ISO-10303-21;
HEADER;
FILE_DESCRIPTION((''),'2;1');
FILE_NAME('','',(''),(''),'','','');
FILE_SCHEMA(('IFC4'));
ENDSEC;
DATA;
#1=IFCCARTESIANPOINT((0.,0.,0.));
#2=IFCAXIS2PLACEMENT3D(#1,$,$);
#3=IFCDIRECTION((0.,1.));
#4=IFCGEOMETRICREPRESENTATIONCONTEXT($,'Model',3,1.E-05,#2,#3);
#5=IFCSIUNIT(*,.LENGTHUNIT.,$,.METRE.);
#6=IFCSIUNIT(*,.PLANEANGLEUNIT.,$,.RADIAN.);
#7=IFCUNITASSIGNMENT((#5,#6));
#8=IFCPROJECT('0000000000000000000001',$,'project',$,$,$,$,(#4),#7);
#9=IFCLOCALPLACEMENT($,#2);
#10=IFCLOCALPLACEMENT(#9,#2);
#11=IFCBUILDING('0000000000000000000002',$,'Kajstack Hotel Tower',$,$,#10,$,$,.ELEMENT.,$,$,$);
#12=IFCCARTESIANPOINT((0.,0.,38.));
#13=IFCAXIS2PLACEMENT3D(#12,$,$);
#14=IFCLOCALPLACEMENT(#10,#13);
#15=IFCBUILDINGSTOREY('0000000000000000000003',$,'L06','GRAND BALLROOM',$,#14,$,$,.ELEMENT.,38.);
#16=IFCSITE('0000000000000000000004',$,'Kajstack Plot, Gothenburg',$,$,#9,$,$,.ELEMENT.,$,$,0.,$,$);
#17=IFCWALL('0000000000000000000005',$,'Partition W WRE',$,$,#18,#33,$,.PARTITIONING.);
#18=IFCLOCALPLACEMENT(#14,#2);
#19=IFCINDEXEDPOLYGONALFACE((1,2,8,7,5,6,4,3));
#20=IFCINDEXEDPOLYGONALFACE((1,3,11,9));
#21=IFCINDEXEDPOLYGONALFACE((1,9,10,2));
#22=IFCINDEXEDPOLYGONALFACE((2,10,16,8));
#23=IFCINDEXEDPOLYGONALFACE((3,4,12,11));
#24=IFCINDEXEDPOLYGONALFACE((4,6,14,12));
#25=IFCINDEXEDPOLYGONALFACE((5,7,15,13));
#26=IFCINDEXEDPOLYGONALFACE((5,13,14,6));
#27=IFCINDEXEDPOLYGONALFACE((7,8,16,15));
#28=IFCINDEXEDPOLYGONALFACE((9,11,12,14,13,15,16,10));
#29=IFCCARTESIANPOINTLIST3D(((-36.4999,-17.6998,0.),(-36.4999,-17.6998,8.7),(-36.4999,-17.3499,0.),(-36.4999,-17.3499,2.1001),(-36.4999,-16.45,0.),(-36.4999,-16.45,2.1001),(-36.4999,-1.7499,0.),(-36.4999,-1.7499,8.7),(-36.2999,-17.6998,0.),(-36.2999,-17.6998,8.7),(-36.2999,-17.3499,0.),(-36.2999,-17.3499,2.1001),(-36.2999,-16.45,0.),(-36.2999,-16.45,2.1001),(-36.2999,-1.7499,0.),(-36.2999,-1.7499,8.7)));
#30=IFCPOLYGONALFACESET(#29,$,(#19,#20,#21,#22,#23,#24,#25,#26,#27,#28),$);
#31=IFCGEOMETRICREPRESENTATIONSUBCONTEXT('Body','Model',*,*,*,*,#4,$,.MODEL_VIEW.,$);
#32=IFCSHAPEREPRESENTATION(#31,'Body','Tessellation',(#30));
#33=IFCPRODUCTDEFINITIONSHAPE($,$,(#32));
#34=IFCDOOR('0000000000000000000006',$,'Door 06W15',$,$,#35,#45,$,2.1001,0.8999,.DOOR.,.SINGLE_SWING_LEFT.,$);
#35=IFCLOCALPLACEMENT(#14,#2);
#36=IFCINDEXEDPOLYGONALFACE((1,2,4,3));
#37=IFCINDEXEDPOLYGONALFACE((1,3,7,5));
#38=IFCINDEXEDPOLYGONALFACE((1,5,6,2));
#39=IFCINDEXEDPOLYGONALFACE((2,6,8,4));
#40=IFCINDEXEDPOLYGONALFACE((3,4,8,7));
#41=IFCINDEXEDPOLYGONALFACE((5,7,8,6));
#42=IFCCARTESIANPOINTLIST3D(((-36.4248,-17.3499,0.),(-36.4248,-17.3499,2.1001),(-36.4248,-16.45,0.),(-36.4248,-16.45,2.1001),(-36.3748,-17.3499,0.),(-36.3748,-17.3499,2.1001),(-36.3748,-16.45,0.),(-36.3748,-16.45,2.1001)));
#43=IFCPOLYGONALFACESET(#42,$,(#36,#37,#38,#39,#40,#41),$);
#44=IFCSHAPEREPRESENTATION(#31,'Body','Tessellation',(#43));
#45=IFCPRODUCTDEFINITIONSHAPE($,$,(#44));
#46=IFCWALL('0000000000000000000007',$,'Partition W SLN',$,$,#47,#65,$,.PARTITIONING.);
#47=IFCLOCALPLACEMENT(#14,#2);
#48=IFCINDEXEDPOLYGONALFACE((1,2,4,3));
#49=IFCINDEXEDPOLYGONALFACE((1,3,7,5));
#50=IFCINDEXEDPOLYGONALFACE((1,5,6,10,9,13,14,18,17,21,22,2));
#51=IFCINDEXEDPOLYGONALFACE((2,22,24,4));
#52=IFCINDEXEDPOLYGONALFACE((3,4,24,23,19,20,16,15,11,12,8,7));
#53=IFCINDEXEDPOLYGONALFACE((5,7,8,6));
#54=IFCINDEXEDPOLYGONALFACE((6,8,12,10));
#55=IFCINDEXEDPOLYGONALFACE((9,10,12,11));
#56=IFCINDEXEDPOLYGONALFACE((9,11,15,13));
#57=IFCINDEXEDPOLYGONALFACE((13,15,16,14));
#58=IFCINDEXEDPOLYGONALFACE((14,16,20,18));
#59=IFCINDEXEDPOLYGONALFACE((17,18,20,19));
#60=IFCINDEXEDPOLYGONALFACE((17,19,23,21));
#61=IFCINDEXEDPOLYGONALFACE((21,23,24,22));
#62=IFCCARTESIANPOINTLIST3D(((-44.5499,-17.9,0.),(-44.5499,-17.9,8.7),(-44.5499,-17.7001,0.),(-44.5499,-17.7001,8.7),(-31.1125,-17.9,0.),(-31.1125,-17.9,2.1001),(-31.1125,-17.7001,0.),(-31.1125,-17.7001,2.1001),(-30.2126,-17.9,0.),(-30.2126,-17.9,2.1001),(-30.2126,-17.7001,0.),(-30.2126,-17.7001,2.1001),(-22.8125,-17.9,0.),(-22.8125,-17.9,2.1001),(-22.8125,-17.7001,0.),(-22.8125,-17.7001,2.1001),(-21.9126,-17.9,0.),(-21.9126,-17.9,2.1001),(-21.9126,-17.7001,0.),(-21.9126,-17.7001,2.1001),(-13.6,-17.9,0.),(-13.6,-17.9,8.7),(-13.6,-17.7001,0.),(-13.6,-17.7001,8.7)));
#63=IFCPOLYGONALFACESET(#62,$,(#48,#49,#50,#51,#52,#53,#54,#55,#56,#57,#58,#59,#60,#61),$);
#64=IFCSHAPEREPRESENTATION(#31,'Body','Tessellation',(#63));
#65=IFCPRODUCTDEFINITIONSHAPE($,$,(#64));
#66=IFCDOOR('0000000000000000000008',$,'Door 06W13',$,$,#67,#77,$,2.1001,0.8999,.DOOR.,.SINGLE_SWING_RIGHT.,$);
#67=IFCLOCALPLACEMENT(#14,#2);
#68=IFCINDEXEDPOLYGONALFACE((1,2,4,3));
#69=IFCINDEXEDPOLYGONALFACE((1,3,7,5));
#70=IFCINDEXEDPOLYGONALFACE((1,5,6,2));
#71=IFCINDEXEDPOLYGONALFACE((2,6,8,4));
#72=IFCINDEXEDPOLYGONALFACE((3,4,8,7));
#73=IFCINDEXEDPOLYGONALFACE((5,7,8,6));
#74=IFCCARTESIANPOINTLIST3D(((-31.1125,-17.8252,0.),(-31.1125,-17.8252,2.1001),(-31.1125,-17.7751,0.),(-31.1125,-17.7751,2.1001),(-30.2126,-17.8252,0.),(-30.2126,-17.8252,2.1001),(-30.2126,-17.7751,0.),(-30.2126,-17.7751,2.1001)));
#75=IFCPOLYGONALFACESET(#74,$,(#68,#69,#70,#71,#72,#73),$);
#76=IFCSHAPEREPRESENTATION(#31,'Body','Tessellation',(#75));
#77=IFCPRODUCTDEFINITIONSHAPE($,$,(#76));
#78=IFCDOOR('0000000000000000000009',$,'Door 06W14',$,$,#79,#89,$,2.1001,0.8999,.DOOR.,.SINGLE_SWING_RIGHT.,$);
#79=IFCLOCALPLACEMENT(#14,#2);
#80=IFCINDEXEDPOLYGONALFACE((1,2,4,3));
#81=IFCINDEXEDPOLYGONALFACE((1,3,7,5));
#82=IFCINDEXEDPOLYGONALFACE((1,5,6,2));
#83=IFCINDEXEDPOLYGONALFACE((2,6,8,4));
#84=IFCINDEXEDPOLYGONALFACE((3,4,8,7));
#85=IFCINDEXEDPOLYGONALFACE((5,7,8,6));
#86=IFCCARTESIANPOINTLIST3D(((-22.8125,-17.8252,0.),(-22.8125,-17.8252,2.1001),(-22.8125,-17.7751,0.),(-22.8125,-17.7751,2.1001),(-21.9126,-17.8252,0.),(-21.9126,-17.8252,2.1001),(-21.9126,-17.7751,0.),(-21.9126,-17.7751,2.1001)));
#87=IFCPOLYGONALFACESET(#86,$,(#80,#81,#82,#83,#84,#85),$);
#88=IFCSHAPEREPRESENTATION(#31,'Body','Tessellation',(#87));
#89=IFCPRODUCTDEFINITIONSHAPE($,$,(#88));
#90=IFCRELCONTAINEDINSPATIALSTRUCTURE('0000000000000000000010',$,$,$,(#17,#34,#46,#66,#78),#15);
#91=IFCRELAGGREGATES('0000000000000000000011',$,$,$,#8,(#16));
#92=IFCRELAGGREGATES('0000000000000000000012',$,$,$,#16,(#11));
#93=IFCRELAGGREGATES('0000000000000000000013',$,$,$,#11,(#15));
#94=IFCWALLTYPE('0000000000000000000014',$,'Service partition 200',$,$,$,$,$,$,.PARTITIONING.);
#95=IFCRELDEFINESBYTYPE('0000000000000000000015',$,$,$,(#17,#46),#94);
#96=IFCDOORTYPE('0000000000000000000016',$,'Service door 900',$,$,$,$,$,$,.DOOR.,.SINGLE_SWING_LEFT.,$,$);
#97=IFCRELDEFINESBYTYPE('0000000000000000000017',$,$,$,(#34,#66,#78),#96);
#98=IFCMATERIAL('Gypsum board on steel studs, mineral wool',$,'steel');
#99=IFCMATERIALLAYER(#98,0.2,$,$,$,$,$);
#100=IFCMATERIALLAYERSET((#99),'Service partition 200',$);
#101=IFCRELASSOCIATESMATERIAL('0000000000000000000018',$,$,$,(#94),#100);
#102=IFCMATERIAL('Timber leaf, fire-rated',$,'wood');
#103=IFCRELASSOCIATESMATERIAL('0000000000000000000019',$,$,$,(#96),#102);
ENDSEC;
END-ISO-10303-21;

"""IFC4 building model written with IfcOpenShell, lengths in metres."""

from ifc_helpers import new_model, si_unit, direction, frame, frame_2d, origin, place, context, subcontext, project, spatial, rectangle, extrude, material, layer, layer_set, type_object, element, fill, save


model = new_model("IFC4")

# Units and contexts
model_context = context("Model", 3, precision=1e-05, world=origin(), true_north=direction((0.0, 1.0)))
body_context = subcontext(model_context, "Body", "Model", "MODEL_VIEW")
ifc_project = project(units=[si_unit("LENGTHUNIT", "METRE"), si_unit("PLANEANGLEUNIT", "RADIAN")], contexts=[model_context])

# Site, building, storey
site_placement = place(None, origin())
site = spatial("IfcSite", under=ifc_project, at=site_placement, Name="Kajstack Plot, Gothenburg", CompositionType="ELEMENT", RefElevation=0.0)
building_placement = place(site_placement, origin())
building = spatial("IfcBuilding", under=site, at=building_placement, Name="Kajstack Hotel Tower", CompositionType="ELEMENT")
storey_placement = place(building_placement, frame((0.0, 0.0, 38.0)))
storey = spatial("IfcBuildingStorey", under=building, at=storey_placement, Name="L06", Description="GRAND BALLROOM", CompositionType="ELEMENT", Elevation=38.0)

# Wall, opening, door
ifc_material_1 = material(Name="Gypsum board on steel studs, mineral wool", Category="steel")
ifc_layer_1 = layer(ifc_material_1, 0.2)
ifc_layer_set_1 = layer_set([ifc_layer_1], Name="Service partition 200")
wall_type_1 = type_object("IfcWallType", Name="Service partition 200", PredefinedType="PARTITIONING", material=ifc_layer_set_1)
wall_1_placement = place(storey_placement, frame((-36.3999, -17.7, 0.0), z_axis=(0.0, 0.0, 1.0), x_axis=(0.0, 1.0, 0.0)))
wall_1 = element("IfcWall", 1, at=wall_1_placement, inside=storey, type_object=wall_type_1, Name="Partition W WRE", PredefinedType="PARTITIONING", context=body_context, shape_type="SweptSolid", body=[
    extrude(rectangle(XDim=15.95, YDim=0.2, at=frame_2d((7.9751, 0.0))), origin(), (0.0, 0.0, 1.0), 8.7),
])
opening_1_placement = place(wall_1_placement, frame((0.3501, 0.0, 0.0)))
opening_1 = element("IfcOpeningElement", 2, at=opening_1_placement, cuts=wall_1, PredefinedType="OPENING", context=body_context, shape_type="SweptSolid", body=[
    extrude(rectangle(XDim=0.8999, YDim=2.1001, at=frame_2d((0.45, 1.05))), frame((0.0, 0.1099, 0.0), z_axis=(0.0, -1.0, 0.0), x_axis=(1.0, 0.0, 0.0)), (0.0, 0.0, 1.0), 0.22),
])
ifc_material_2 = material(Name="Timber leaf, fire-rated", Category="wood")
door_type = type_object("IfcDoorType", Name="Service door 900", OperationType="SINGLE_SWING_LEFT", PredefinedType="DOOR", material=ifc_material_2)
door_1_placement = place(opening_1_placement, origin())
door_1 = element("IfcDoor", 3, at=door_1_placement, inside=storey, type_object=door_type, Name="Door 06W15", OperationType="SINGLE_SWING_LEFT", OverallHeight=2.1001, OverallWidth=0.8999, PredefinedType="DOOR", context=body_context, shape_type="SweptSolid", body=[
    extrude(rectangle(XDim=0.8999, YDim=2.1001, at=frame_2d((0.45, 1.05))), frame((0.0, 0.0249, 0.0), z_axis=(0.0, -1.0, 0.0), x_axis=(1.0, 0.0, 0.0)), (0.0, 0.0, 1.0), 0.05),
])
fill(opening_1, door_1)

# Wall, openings, doors
wall_2_placement = place(storey_placement, frame((-44.55, -17.8, 0.0), z_axis=(0.0, 0.0, 1.0), x_axis=(1.0, 0.0, 0.0)))
wall_2 = element("IfcWall", 4, at=wall_2_placement, inside=storey, type_object=wall_type_1, Name="Partition W SLN", PredefinedType="PARTITIONING", context=body_context, shape_type="SweptSolid", body=[
    extrude(rectangle(XDim=30.95, YDim=0.2, at=frame_2d((15.4751, 0.0))), origin(), (0.0, 0.0, 1.0), 8.7),
])
opening_2_placement = place(wall_2_placement, frame((13.4375, 0.0, 0.0)))
opening_2 = element("IfcOpeningElement", 5, at=opening_2_placement, cuts=wall_2, PredefinedType="OPENING", context=body_context, shape_type="SweptSolid", body=[
    extrude(rectangle(XDim=0.8999, YDim=2.1001, at=frame_2d((0.45, 1.05))), frame((0.0, 0.1099, 0.0), z_axis=(0.0, -1.0, 0.0), x_axis=(1.0, 0.0, 0.0)), (0.0, 0.0, 1.0), 0.22),
])
opening_3_placement = place(wall_2_placement, frame((21.7375, 0.0, 0.0)))
opening_3 = element("IfcOpeningElement", 6, at=opening_3_placement, cuts=wall_2, PredefinedType="OPENING", context=body_context, shape_type="SweptSolid", body=[
    extrude(rectangle(XDim=0.8999, YDim=2.1001, at=frame_2d((0.45, 1.05))), frame((0.0, 0.1099, 0.0), z_axis=(0.0, -1.0, 0.0), x_axis=(1.0, 0.0, 0.0)), (0.0, 0.0, 1.0), 0.22),
])
door_2_placement = place(opening_2_placement, origin())
door_2 = element("IfcDoor", 7, at=door_2_placement, inside=storey, type_object=door_type, Name="Door 06W13", OperationType="SINGLE_SWING_RIGHT", OverallHeight=2.1001, OverallWidth=0.8999, PredefinedType="DOOR", context=body_context, shape_type="SweptSolid", body=[
    extrude(rectangle(XDim=0.8999, YDim=2.1001, at=frame_2d((0.45, 1.05))), frame((0.0, 0.0249, 0.0), z_axis=(0.0, -1.0, 0.0), x_axis=(1.0, 0.0, 0.0)), (0.0, 0.0, 1.0), 0.05),
])
fill(opening_2, door_2)
door_3_placement = place(opening_3_placement, origin())
door_3 = element("IfcDoor", 8, at=door_3_placement, inside=storey, type_object=door_type, Name="Door 06W14", OperationType="SINGLE_SWING_RIGHT", OverallHeight=2.1001, OverallWidth=0.8999, PredefinedType="DOOR", context=body_context, shape_type="SweptSolid", body=[
    extrude(rectangle(XDim=0.8999, YDim=2.1001, at=frame_2d((0.45, 1.05))), frame((0.0, 0.0249, 0.0), z_axis=(0.0, -1.0, 0.0), x_axis=(1.0, 0.0, 0.0)), (0.0, 0.0, 1.0), 0.05),
])
fill(opening_3, door_3)

save(model, "model.ifc")
